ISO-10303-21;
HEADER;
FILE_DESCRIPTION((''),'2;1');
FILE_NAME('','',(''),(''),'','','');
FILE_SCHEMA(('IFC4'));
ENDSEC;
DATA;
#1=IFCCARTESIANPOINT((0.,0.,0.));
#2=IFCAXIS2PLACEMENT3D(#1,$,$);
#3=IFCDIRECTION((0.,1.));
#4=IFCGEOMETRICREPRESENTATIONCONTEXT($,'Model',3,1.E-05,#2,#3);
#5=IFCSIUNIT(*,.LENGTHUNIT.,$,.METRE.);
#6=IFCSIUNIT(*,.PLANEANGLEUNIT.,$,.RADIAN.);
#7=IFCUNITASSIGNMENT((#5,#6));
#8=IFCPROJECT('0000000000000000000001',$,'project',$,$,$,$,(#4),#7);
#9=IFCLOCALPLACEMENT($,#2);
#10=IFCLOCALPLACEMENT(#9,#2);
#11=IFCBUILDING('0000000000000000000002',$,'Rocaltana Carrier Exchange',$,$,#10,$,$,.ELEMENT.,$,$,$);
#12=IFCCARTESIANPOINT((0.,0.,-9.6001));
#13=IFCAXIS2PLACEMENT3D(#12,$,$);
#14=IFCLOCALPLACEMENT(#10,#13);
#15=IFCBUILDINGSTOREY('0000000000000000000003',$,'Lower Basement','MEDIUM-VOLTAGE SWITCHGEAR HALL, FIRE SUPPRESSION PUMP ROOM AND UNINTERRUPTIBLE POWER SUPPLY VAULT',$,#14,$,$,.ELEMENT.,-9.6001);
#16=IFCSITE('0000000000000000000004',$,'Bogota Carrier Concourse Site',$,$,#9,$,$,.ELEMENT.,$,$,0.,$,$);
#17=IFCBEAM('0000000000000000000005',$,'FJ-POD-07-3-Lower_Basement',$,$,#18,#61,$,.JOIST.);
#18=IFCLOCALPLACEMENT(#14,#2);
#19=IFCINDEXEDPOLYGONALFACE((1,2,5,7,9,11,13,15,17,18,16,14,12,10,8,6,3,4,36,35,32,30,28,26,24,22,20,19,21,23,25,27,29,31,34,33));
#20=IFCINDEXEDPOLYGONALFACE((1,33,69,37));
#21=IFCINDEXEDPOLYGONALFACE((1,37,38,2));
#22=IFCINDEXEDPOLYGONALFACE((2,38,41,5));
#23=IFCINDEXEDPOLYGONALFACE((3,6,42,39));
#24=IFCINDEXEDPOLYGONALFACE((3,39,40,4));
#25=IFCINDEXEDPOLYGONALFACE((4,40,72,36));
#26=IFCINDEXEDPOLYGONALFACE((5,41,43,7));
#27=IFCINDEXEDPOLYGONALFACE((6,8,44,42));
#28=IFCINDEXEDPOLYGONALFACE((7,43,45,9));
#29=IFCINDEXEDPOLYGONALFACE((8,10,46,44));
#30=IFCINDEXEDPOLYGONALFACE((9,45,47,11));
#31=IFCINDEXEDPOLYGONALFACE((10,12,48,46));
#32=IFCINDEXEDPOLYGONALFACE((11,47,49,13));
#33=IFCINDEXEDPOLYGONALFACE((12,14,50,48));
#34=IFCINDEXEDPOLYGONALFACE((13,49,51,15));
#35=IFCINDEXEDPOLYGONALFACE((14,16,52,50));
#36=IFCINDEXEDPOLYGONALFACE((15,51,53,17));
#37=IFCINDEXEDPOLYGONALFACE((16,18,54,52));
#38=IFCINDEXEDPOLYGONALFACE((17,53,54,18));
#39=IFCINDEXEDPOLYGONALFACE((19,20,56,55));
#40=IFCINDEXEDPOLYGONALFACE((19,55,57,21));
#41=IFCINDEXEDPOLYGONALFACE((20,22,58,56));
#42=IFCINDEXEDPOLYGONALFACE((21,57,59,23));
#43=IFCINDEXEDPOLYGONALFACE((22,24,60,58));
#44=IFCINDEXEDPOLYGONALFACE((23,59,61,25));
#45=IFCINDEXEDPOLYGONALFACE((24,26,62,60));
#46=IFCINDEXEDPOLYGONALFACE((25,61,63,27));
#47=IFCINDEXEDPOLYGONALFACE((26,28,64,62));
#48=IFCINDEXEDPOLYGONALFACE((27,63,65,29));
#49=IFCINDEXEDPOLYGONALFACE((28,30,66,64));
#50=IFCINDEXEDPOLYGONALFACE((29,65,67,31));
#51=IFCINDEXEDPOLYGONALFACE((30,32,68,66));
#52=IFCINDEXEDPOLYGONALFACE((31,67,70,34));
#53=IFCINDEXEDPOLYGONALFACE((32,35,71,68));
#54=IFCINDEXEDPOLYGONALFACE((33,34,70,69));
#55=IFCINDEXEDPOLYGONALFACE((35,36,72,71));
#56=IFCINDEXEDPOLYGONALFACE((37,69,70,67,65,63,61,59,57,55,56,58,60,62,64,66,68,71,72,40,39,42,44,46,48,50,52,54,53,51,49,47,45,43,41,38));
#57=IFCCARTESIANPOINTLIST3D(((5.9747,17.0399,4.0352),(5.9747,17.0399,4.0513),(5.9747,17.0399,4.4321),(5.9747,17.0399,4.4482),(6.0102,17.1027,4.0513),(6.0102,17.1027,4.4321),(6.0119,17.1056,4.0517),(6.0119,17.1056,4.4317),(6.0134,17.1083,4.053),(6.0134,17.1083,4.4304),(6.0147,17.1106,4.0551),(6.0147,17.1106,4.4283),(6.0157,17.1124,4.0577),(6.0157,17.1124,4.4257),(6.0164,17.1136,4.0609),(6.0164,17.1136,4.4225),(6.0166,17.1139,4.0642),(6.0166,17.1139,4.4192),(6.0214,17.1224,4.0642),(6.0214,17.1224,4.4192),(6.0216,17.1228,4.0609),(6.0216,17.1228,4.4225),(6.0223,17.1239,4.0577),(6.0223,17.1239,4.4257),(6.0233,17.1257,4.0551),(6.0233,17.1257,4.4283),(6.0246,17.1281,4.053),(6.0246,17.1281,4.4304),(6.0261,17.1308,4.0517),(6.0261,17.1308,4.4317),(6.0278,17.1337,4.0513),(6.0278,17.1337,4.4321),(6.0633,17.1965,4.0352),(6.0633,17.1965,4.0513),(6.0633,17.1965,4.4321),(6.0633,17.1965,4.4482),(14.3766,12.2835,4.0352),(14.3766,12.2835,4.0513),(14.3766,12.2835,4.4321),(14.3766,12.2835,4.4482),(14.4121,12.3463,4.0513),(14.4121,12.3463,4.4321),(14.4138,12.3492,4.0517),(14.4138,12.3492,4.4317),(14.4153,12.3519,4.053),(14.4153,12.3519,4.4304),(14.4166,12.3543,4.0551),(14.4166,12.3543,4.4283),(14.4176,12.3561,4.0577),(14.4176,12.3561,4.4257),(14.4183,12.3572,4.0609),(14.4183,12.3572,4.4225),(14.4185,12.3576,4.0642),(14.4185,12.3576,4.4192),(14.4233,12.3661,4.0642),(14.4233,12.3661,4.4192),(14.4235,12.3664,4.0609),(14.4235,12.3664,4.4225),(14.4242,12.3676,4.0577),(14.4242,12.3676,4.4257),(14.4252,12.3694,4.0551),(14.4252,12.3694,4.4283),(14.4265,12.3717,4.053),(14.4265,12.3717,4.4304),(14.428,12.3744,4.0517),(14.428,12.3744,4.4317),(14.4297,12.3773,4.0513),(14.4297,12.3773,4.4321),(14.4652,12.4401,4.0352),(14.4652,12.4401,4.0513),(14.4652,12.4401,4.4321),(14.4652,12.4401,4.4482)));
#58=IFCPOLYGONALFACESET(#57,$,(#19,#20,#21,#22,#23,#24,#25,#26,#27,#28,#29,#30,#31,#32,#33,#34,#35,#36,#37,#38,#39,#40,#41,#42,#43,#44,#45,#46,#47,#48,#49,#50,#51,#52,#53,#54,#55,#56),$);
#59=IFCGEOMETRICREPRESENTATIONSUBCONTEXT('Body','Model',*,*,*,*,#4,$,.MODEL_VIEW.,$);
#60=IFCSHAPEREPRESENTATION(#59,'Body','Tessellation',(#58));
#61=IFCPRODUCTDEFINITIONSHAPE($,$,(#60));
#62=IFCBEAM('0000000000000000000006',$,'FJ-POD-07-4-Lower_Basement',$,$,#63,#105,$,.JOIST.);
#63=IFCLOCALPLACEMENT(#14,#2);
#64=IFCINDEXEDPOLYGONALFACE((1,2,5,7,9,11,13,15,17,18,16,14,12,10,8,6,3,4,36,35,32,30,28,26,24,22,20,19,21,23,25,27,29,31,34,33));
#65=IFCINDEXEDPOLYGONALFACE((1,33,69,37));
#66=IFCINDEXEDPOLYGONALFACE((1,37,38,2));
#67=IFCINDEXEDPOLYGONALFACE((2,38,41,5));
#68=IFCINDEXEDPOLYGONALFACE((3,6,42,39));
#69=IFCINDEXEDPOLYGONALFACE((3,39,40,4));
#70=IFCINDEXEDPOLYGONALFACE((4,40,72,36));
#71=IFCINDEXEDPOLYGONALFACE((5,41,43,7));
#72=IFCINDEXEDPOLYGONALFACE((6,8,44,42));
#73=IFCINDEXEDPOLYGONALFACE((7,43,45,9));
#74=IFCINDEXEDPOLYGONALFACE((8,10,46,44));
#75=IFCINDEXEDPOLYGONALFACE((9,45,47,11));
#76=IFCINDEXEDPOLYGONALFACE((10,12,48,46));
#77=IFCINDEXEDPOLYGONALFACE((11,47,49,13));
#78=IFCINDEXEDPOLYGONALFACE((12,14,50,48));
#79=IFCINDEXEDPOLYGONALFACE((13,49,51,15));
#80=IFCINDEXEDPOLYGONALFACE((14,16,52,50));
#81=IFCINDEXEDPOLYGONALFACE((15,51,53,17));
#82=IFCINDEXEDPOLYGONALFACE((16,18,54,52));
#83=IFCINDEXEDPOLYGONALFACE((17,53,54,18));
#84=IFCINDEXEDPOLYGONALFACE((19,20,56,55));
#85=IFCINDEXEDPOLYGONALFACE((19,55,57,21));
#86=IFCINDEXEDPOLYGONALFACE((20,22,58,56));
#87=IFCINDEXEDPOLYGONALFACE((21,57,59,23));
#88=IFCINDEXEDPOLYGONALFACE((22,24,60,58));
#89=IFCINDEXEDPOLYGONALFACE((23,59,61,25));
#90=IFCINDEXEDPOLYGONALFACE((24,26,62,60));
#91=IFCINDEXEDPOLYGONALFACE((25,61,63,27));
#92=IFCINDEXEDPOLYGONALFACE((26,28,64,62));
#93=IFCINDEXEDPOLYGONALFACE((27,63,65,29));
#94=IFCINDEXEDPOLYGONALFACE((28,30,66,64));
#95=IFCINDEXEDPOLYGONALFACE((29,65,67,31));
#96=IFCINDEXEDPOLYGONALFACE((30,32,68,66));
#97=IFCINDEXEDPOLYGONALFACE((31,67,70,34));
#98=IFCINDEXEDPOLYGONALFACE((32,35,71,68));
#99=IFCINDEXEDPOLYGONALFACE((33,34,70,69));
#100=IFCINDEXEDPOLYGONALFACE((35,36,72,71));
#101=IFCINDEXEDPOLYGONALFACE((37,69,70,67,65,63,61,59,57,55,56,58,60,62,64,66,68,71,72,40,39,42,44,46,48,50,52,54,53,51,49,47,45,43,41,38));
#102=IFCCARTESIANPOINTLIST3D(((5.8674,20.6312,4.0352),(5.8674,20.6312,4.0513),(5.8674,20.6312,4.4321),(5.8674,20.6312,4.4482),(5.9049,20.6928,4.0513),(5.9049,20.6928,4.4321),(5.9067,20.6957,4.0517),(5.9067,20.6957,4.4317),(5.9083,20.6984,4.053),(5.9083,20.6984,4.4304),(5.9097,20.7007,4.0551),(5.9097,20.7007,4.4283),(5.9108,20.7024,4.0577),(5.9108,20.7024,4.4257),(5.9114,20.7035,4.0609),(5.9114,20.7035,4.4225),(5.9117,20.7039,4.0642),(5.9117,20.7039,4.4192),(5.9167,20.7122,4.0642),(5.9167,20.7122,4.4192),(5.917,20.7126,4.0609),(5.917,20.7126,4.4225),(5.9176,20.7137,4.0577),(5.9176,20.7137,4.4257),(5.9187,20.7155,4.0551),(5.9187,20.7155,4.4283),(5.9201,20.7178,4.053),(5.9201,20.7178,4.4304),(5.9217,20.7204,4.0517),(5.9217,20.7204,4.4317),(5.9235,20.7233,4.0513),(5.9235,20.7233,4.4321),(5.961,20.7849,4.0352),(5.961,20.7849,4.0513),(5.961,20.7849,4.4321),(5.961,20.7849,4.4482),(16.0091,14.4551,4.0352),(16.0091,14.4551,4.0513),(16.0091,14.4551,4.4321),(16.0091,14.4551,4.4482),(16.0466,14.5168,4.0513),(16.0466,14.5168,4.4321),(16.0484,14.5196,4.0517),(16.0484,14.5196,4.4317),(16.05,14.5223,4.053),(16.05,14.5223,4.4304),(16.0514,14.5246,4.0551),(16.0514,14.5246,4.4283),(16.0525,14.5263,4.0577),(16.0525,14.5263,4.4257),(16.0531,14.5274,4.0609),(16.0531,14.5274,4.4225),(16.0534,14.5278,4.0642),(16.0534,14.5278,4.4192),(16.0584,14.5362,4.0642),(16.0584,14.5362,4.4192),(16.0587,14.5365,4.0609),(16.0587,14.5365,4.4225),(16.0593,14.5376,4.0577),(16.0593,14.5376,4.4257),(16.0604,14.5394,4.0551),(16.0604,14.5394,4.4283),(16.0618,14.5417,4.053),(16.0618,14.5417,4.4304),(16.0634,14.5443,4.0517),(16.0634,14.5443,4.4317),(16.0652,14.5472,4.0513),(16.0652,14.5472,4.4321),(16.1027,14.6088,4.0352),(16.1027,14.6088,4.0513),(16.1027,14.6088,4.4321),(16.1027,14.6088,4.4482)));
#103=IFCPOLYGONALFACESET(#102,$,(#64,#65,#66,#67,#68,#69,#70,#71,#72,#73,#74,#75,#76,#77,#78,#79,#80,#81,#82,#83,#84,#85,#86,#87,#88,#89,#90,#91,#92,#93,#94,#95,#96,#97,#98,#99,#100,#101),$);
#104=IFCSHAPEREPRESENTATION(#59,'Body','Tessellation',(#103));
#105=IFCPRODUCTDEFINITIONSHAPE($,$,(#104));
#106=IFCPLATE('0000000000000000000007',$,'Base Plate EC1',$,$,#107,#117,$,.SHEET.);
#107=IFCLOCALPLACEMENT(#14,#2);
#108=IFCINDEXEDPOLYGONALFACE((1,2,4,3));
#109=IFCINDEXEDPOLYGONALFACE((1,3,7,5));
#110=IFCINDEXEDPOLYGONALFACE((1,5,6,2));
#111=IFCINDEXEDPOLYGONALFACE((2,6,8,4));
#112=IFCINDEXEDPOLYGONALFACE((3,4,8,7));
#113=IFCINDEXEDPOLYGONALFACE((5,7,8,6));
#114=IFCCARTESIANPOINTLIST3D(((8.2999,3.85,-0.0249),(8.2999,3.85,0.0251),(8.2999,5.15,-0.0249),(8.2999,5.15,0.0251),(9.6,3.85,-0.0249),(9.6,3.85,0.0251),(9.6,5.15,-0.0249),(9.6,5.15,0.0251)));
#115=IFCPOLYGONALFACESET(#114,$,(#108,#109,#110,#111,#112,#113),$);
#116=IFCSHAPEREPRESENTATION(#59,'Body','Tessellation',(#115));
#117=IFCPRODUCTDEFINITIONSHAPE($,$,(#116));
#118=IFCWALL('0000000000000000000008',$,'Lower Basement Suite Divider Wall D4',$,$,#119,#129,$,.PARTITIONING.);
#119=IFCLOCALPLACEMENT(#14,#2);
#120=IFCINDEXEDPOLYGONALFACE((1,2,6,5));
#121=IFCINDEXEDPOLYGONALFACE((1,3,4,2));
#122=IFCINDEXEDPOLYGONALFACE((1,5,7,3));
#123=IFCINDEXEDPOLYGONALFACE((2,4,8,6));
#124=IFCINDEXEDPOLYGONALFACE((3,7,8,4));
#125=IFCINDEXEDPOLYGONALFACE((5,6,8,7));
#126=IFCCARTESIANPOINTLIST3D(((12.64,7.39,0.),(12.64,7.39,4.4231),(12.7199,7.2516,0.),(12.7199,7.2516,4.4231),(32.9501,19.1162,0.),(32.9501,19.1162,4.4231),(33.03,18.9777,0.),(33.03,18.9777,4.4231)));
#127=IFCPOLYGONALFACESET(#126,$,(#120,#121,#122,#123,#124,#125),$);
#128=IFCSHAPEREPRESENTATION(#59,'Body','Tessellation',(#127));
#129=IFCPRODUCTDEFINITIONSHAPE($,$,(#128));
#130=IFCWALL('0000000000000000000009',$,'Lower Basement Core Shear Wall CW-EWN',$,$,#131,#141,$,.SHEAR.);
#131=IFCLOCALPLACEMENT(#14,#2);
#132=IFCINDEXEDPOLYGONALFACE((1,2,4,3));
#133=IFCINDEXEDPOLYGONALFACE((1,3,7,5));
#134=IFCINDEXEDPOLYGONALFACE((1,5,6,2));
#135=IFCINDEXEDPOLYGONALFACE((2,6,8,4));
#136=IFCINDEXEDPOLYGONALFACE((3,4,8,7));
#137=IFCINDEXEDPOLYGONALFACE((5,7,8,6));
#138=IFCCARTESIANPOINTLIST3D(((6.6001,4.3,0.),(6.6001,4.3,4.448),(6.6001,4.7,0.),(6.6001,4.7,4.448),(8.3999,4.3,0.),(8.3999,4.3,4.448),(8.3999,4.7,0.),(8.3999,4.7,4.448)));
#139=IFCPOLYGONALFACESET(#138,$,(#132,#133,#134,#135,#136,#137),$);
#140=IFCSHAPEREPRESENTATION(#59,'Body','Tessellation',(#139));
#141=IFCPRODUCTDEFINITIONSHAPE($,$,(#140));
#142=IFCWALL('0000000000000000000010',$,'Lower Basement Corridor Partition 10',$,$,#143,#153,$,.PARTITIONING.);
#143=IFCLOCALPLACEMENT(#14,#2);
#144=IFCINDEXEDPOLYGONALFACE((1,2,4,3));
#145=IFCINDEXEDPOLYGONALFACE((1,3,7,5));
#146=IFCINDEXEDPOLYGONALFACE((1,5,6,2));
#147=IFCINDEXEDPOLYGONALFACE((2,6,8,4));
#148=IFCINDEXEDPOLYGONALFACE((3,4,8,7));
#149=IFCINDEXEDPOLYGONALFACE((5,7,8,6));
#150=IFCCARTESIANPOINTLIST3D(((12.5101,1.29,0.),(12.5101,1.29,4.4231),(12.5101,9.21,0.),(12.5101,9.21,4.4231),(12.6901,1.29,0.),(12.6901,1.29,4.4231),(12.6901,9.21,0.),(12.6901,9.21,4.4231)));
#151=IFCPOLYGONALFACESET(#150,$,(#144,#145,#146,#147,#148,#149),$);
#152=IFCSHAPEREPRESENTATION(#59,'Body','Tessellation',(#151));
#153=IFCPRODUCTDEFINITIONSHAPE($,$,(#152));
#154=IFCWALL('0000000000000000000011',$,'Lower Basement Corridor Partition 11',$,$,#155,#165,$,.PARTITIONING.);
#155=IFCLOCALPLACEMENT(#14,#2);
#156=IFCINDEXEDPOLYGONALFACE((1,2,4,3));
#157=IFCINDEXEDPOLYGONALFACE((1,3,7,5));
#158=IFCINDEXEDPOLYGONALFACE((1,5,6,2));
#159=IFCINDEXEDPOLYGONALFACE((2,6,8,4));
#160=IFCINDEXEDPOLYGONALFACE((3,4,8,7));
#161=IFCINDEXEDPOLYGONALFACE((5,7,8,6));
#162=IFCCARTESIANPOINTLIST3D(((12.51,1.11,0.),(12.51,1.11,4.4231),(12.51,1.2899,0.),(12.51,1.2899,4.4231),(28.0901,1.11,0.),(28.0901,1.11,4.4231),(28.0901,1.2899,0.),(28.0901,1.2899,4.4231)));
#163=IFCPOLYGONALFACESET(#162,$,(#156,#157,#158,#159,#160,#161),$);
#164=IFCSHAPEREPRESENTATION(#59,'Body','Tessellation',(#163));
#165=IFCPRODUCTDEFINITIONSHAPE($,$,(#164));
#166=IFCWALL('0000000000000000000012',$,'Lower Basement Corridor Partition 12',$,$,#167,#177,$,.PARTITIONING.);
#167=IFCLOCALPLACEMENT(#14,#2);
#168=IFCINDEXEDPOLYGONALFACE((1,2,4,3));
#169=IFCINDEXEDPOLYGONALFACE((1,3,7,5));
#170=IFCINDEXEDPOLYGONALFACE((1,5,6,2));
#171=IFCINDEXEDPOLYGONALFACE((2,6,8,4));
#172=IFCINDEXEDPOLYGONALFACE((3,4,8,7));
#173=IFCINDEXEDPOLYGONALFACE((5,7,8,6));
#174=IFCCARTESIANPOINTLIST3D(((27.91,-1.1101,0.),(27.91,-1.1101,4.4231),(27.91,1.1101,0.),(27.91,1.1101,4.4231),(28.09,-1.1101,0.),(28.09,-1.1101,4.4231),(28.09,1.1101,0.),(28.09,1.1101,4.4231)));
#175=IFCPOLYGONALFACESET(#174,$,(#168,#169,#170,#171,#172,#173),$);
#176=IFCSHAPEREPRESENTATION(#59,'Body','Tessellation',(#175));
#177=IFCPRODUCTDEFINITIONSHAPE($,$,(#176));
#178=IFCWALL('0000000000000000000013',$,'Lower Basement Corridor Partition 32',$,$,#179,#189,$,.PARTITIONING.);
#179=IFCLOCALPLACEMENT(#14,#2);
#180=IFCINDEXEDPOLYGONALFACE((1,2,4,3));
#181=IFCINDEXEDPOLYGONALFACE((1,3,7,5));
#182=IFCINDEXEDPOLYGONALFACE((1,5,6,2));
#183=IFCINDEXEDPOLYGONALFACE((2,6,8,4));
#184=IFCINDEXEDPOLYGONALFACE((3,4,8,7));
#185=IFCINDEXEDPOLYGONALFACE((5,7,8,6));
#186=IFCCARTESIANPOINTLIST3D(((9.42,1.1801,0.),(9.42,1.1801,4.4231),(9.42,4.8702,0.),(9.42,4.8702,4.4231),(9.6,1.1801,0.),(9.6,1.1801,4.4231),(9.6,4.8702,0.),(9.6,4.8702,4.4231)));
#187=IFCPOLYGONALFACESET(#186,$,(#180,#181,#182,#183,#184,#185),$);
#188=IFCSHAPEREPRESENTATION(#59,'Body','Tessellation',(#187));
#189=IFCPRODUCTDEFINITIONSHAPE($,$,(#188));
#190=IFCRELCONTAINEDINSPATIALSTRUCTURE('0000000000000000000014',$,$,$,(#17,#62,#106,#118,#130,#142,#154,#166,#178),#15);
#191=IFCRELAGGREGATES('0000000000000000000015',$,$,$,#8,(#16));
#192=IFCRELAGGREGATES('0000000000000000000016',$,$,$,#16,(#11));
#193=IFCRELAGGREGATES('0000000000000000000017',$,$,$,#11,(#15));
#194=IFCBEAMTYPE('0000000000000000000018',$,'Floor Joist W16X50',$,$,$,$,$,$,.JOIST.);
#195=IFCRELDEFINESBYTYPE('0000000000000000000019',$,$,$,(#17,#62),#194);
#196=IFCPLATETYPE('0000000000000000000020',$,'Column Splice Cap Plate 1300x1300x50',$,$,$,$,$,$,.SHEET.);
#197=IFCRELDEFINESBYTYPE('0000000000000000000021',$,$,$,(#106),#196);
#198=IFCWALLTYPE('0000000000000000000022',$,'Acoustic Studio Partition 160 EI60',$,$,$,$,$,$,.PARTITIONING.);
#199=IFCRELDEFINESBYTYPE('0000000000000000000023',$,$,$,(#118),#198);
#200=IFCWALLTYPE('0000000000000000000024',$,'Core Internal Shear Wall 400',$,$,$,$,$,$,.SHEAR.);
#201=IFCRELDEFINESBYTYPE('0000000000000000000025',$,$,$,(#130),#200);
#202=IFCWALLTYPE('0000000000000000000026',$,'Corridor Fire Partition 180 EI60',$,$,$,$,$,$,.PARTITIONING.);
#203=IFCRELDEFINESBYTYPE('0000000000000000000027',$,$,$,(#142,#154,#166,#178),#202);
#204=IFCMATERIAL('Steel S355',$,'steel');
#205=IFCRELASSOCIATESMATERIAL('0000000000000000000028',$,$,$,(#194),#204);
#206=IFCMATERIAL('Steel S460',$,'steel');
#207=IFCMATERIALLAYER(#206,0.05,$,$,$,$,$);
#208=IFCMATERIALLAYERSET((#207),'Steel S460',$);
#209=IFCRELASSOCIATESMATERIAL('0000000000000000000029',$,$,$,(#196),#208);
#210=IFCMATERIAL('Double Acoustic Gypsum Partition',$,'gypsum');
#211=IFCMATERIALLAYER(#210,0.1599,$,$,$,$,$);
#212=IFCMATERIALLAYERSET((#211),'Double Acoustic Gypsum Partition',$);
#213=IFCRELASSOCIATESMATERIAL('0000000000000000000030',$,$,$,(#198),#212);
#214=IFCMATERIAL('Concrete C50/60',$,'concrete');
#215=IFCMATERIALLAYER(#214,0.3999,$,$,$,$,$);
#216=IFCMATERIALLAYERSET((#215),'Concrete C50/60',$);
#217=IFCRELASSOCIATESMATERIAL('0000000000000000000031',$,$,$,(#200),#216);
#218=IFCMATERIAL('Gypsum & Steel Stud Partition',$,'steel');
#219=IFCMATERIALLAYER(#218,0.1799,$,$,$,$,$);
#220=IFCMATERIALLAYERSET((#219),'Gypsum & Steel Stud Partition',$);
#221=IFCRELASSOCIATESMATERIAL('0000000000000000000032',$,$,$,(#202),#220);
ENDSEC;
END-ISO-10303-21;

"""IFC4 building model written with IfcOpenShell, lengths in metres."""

from ifc_helpers import new_model, si_unit, direction, frame, frame_2d, origin, origin_2d, place, context, subcontext, project, spatial, rectangle, i_section, extrude, material, layer, layer_set, material_profile, profile_set, type_object, element, save


model = new_model("IFC4")

# Units and contexts
model_context = context("Model", 3, precision=1e-05, world=origin(), true_north=direction((0.0, 1.0)))
body_context = subcontext(model_context, "Body", "Model", "MODEL_VIEW")
ifc_project = project(units=[si_unit("LENGTHUNIT", "METRE"), si_unit("PLANEANGLEUNIT", "RADIAN")], contexts=[model_context])

# Site, building, storey
site_placement = place(None, origin())
site = spatial("IfcSite", under=ifc_project, at=site_placement, Name="Bogota Carrier Concourse Site", CompositionType="ELEMENT", RefElevation=0.0)
building_placement = place(site_placement, origin())
building = spatial("IfcBuilding", under=site, at=building_placement, Name="Rocaltana Carrier Exchange", CompositionType="ELEMENT")
storey_placement = place(building_placement, frame((0.0, 0.0, -9.6001)))
storey = spatial("IfcBuildingStorey", under=building, at=storey_placement, Name="Lower Basement", Description="MEDIUM-VOLTAGE SWITCHGEAR HALL, FIRE SUPPRESSION PUMP ROOM AND UNINTERRUPTIBLE POWER SUPPLY VAULT", CompositionType="ELEMENT", Elevation=-9.6001)

# Beams
ifc_material_1 = material(Name="Steel S355", Category="steel")
ifc_material_profile_1 = material_profile(ifc_material_1, i_section(OverallWidth=0.1799, OverallDepth=0.4131, WebThickness=0.0098, FlangeThickness=0.0161, FilletRadius=0.0129, at=origin_2d()), Name="W16X50")
ifc_profile_set_1 = profile_set([ifc_material_profile_1], Name="Steel S355")
beam_type_1 = type_object("IfcBeamType", Name="Floor Joist W16X50", PredefinedType="JOIST", material=ifc_profile_set_1)
beam_1_placement = place(storey_placement, frame((14.4209, 12.3618, 4.2417), z_axis=(-0.870231, 0.492644, 0.0), x_axis=(-0.492644, -0.870231, 0.0)))
element("IfcBeam", 1, at=beam_1_placement, inside=storey, type_object=beam_type_1, Name="FJ-POD-07-3-Lower_Basement", PredefinedType="JOIST", context=body_context, shape_type="SweptSolid", body=[
    extrude(i_section(OverallWidth=0.1799, OverallDepth=0.4131, WebThickness=0.0098, FlangeThickness=0.0161, FilletRadius=0.0129, at=origin_2d()), origin(), (0.0, 0.0, 1.0), 9.6548),
])
beam_2_placement = place(storey_placement, frame((16.0559, 14.532, 4.2417), z_axis=(-0.854091, 0.520124, 0.0), x_axis=(-0.520124, -0.854091, 0.0)))
element("IfcBeam", 2, at=beam_2_placement, inside=storey, type_object=beam_type_1, Name="FJ-POD-07-4-Lower_Basement", PredefinedType="JOIST", context=body_context, shape_type="SweptSolid", body=[
    extrude(i_section(OverallWidth=0.1799, OverallDepth=0.4131, WebThickness=0.0098, FlangeThickness=0.0161, FilletRadius=0.0129, at=origin_2d()), origin(), (0.0, 0.0, 1.0), 11.8743),
])

# Plate
ifc_material_2 = material(Name="Steel S460", Category="steel")
ifc_layer_1 = layer(ifc_material_2, 0.05)
ifc_layer_set_1 = layer_set([ifc_layer_1], Name="Steel S460")
plate_type = type_object("IfcPlateType", Name="Column Splice Cap Plate 1300x1300x50", PredefinedType="SHEET", material=ifc_layer_set_1)
plate_placement = place(storey_placement, frame((8.95, 4.5, -0.0249), z_axis=(0.0, 0.0, 1.0), x_axis=(1.0, 0.0, 0.0)))
element("IfcPlate", 3, at=plate_placement, inside=storey, type_object=plate_type, Name="Base Plate EC1", PredefinedType="SHEET", context=body_context, shape_type="SweptSolid", body=[
    extrude(rectangle(XDim=1.3, YDim=1.3, at=origin_2d()), origin(), (0.0, 0.0, 1.0), 0.05),
])

# Walls
ifc_material_3 = material(Name="Double Acoustic Gypsum Partition", Category="gypsum")
ifc_layer_2 = layer(ifc_material_3, 0.1599)
ifc_layer_set_2 = layer_set([ifc_layer_2], Name="Double Acoustic Gypsum Partition")
wall_type_1 = type_object("IfcWallType", Name="Acoustic Studio Partition 160 EI60", PredefinedType="PARTITIONING", material=ifc_layer_set_2)
wall_1_placement = place(storey_placement, frame((12.6799, 7.3208, 0.0), z_axis=(0.0, 0.0, 1.0), x_axis=(0.866024, 0.500002, 0.0)))
element("IfcWall", 4, at=wall_1_placement, inside=storey, type_object=wall_type_1, Name="Lower Basement Suite Divider Wall D4", PredefinedType="PARTITIONING", context=body_context, shape_type="SweptSolid", body=[
    extrude(rectangle(XDim=23.4521, YDim=0.1599, at=frame_2d((11.7261, 0.0))), origin(), (0.0, 0.0, 1.0), 4.4231),
])
ifc_material_4 = material(Name="Concrete C50/60", Category="concrete")
ifc_layer_3 = layer(ifc_material_4, 0.3999)
ifc_layer_set_3 = layer_set([ifc_layer_3], Name="Concrete C50/60")
wall_type_2 = type_object("IfcWallType", Name="Core Internal Shear Wall 400", PredefinedType="SHEAR", material=ifc_layer_set_3)
wall_2_placement = place(storey_placement, frame((6.6001, 4.5, 0.0), z_axis=(0.0, 0.0, 1.0), x_axis=(1.0, 0.0, 0.0)))
element("IfcWall", 5, at=wall_2_placement, inside=storey, type_object=wall_type_2, Name="Lower Basement Core Shear Wall CW-EWN", PredefinedType="SHEAR", context=body_context, shape_type="SweptSolid", body=[
    extrude(rectangle(XDim=1.7998, YDim=0.3999, at=frame_2d((0.8999, 0.0))), origin(), (0.0, 0.0, 1.0), 4.448),
])
ifc_material_5 = material(Name="Gypsum & Steel Stud Partition", Category="steel")
ifc_layer_4 = layer(ifc_material_5, 0.1799)
ifc_layer_set_4 = layer_set([ifc_layer_4], Name="Gypsum & Steel Stud Partition")
wall_type_3 = type_object("IfcWallType", Name="Corridor Fire Partition 180 EI60", PredefinedType="PARTITIONING", material=ifc_layer_set_4)
wall_3_placement = place(storey_placement, frame((12.6001, 9.21, 0.0), z_axis=(0.0, 0.0, 1.0), x_axis=(0.0, -1.0, 0.0)))
element("IfcWall", 6, at=wall_3_placement, inside=storey, type_object=wall_type_3, Name="Lower Basement Corridor Partition 10", PredefinedType="PARTITIONING", context=body_context, shape_type="SweptSolid", body=[
    extrude(rectangle(XDim=7.9199, YDim=0.1799, at=frame_2d((3.96, 0.0))), origin(), (0.0, 0.0, 1.0), 4.4231),
])
wall_4_placement = place(storey_placement, frame((12.51, 1.2, 0.0), z_axis=(0.0, 0.0, 1.0), x_axis=(1.0, 0.0, 0.0)))
element("IfcWall", 7, at=wall_4_placement, inside=storey, type_object=wall_type_3, Name="Lower Basement Corridor Partition 11", PredefinedType="PARTITIONING", context=body_context, shape_type="SweptSolid", body=[
    extrude(rectangle(XDim=15.5801, YDim=0.1799, at=frame_2d((7.79, 0.0))), origin(), (0.0, 0.0, 1.0), 4.4231),
])
wall_5_placement = place(storey_placement, frame((28.0, 1.1101, 0.0), z_axis=(0.0, 0.0, 1.0), x_axis=(0.0, -1.0, 0.0)))
element("IfcWall", 8, at=wall_5_placement, inside=storey, type_object=wall_type_3, Name="Lower Basement Corridor Partition 12", PredefinedType="PARTITIONING", context=body_context, shape_type="SweptSolid", body=[
    extrude(rectangle(XDim=2.2202, YDim=0.1799, at=frame_2d((1.1101, 0.0))), origin(), (0.0, 0.0, 1.0), 4.4231),
])
wall_6_placement = place(storey_placement, frame((9.51, 1.1799, 0.0), z_axis=(0.0, 0.0, 1.0), x_axis=(0.0, 1.0, 0.0)))
element("IfcWall", 9, at=wall_6_placement, inside=storey, type_object=wall_type_3, Name="Lower Basement Corridor Partition 32", PredefinedType="PARTITIONING", context=body_context, shape_type="SweptSolid", body=[
    extrude(rectangle(XDim=3.6902, YDim=0.1799, at=frame_2d((1.8452, 0.0))), origin(), (0.0, 0.0, 1.0), 4.4231),
])

save(model, "model.ifc")
